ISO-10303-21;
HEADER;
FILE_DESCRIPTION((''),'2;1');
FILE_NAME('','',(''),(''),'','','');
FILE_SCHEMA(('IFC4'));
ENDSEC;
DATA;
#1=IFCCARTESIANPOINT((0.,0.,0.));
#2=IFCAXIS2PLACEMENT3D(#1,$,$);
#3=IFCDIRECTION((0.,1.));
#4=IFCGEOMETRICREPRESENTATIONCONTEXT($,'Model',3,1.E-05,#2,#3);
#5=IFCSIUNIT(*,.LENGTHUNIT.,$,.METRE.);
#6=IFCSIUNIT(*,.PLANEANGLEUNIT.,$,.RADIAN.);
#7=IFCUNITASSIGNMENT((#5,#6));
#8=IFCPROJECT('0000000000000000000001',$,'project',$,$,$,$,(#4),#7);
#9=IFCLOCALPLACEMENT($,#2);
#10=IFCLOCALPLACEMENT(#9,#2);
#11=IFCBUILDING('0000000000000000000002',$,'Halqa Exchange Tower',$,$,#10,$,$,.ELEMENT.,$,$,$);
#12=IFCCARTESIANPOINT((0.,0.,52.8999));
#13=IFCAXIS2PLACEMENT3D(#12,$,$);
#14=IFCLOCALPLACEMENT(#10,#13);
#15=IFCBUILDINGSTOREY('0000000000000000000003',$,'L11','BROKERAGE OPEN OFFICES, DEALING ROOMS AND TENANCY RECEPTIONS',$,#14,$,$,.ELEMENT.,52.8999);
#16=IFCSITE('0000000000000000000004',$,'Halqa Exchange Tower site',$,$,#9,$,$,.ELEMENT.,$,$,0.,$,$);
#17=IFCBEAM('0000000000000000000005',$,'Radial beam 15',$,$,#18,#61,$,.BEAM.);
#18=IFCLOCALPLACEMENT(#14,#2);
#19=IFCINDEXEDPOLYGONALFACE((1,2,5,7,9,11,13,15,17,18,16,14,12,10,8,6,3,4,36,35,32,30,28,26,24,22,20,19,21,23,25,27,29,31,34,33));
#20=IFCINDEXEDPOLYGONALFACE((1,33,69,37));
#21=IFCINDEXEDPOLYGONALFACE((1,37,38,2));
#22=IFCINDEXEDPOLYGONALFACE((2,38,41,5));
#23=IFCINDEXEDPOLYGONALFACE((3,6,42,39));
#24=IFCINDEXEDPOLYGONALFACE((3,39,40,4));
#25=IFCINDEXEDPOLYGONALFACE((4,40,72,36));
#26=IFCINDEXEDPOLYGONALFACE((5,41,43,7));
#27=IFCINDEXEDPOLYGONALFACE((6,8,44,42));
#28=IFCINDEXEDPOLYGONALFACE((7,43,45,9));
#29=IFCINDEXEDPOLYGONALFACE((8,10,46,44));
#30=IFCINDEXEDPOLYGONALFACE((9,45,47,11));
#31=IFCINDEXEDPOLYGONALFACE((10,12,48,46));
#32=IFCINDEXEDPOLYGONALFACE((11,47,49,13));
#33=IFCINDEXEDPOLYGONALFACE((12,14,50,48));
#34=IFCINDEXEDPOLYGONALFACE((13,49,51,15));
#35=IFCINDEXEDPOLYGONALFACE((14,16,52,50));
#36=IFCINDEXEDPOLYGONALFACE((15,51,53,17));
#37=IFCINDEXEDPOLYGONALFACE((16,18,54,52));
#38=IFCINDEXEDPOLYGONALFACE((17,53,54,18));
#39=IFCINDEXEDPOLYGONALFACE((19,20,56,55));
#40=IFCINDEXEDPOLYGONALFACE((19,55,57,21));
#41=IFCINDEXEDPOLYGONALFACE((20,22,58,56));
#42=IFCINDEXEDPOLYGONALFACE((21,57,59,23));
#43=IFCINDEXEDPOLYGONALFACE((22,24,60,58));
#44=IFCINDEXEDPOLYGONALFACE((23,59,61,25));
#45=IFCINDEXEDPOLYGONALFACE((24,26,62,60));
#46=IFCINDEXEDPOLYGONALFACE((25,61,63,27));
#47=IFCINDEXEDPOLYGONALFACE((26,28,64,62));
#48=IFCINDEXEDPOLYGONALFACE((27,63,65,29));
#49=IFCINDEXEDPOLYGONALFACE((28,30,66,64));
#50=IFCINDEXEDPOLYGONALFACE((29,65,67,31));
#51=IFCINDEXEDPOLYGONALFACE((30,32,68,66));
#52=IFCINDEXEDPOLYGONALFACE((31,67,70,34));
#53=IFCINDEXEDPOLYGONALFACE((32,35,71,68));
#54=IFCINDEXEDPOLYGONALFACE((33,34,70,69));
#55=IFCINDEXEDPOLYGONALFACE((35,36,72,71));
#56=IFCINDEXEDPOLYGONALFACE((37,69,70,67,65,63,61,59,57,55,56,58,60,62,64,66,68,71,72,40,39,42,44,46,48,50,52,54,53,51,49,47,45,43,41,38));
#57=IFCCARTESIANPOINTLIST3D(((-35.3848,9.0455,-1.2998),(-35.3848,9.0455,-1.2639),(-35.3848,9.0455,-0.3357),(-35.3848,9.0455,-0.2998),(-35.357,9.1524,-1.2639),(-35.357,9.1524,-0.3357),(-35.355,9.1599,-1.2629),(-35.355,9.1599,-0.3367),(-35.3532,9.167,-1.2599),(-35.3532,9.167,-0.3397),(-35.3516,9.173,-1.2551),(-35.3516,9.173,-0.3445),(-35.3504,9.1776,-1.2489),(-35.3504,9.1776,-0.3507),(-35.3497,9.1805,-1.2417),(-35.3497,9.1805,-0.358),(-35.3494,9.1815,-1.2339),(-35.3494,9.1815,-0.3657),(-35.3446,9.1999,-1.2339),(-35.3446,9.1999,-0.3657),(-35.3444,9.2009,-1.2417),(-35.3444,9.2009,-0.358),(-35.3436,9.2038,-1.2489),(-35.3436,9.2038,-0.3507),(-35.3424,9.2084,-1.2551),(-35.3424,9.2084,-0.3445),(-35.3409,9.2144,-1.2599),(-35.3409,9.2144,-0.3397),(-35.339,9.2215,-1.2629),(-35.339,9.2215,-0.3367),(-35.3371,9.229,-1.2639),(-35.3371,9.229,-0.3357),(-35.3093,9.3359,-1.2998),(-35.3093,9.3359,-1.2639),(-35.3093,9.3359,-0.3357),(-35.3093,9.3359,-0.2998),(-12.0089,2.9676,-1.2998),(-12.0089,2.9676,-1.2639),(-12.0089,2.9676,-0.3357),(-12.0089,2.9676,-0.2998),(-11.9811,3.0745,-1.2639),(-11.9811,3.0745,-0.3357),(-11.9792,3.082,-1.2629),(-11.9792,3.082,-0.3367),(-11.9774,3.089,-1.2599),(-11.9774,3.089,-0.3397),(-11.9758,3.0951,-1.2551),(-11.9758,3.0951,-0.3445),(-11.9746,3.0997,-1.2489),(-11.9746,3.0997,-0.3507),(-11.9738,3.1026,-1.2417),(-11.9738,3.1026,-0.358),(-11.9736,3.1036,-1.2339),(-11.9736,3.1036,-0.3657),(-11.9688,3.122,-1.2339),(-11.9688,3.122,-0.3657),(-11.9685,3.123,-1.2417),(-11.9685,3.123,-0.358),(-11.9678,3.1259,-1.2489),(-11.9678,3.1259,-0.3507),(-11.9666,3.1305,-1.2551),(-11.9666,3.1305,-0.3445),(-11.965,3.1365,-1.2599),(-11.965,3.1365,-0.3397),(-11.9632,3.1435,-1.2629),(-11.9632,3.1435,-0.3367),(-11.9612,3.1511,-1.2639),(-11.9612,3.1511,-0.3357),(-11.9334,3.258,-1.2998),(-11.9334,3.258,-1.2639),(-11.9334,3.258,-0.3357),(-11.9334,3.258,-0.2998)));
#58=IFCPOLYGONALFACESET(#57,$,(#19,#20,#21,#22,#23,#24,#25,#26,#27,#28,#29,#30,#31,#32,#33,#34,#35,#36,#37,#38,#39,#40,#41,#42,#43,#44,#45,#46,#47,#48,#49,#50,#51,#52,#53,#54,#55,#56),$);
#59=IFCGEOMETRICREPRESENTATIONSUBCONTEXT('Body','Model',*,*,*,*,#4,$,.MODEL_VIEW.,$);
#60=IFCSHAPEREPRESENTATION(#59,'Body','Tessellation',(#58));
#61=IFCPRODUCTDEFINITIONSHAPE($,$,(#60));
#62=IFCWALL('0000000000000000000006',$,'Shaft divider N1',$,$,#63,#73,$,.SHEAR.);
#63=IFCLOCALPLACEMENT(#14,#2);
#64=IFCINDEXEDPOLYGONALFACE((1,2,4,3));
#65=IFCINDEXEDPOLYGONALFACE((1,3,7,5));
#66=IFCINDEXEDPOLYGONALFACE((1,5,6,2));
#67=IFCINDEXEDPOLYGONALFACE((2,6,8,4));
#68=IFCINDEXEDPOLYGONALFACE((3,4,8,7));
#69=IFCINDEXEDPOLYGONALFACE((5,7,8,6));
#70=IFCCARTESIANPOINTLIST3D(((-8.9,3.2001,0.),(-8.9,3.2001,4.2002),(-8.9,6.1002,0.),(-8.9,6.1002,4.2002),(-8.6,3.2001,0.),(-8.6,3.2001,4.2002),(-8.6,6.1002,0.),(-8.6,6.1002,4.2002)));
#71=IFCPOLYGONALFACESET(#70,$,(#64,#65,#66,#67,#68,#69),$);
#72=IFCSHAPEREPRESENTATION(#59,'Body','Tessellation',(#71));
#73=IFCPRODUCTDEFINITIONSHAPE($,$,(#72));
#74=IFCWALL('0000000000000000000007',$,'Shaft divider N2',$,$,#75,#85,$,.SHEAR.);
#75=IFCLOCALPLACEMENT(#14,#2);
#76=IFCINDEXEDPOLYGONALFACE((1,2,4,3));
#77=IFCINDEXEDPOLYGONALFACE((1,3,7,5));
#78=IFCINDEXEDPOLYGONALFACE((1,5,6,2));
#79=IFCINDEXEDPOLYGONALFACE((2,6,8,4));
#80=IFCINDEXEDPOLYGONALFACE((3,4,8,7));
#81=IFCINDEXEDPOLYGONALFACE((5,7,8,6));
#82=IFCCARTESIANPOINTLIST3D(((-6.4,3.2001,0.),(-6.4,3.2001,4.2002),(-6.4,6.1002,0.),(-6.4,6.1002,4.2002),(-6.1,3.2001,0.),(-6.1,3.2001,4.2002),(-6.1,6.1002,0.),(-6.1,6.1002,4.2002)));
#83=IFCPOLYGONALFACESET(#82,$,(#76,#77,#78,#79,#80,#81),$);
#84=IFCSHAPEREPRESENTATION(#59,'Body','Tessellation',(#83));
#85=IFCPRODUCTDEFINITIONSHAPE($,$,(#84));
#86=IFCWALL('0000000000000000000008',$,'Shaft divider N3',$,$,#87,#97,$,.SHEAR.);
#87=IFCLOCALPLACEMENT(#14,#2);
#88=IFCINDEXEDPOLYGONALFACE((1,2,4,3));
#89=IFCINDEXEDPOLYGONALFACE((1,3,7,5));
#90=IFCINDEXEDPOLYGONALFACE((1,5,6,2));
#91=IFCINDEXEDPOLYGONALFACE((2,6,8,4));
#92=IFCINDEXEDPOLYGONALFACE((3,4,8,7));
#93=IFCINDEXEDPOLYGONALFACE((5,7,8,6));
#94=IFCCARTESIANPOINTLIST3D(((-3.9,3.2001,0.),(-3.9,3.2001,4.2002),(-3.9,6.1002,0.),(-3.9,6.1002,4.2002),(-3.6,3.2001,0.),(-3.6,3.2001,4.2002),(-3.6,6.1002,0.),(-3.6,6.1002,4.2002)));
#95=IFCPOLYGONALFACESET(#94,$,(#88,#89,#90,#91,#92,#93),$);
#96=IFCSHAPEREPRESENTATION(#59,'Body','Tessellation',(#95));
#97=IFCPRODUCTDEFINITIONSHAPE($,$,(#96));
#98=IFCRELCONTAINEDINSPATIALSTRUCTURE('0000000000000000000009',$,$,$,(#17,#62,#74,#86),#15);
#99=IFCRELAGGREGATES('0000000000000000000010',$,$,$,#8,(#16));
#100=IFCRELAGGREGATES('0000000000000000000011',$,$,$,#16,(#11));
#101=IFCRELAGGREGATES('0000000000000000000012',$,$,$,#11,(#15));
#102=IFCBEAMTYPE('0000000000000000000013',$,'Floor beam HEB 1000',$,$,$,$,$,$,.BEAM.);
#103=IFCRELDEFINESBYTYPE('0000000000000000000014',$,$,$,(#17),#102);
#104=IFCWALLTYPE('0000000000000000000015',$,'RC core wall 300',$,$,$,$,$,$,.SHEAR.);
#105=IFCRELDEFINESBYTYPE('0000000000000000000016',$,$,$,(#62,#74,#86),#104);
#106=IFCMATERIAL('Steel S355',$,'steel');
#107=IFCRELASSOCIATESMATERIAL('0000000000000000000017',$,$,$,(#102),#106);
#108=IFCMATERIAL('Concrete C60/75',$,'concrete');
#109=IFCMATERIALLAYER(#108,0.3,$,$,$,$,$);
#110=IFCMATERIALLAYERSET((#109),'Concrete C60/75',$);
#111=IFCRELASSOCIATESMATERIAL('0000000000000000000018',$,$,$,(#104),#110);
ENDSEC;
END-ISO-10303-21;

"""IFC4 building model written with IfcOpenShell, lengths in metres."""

from ifc_helpers import new_model, si_unit, direction, frame, frame_2d, origin, origin_2d, place, context, subcontext, project, spatial, rectangle, i_section, extrude, material, layer, layer_set, material_profile, profile_set, type_object, element, save


model = new_model("IFC4")

# Units and contexts
model_context = context("Model", 3, precision=1e-05, world=origin(), true_north=direction((0.0, 1.0)))
body_context = subcontext(model_context, "Body", "Model", "MODEL_VIEW")
ifc_project = project(units=[si_unit("LENGTHUNIT", "METRE"), si_unit("PLANEANGLEUNIT", "RADIAN")], contexts=[model_context])

# Site, building, storey
site_placement = place(None, origin())
site = spatial("IfcSite", under=ifc_project, at=site_placement, Name="Halqa Exchange Tower site", CompositionType="ELEMENT", RefElevation=0.0)
building_placement = place(site_placement, origin())
building = spatial("IfcBuilding", under=site, at=building_placement, Name="Halqa Exchange Tower", CompositionType="ELEMENT")
storey_placement = place(building_placement, frame((0.0, 0.0, 52.8999)))
storey = spatial("IfcBuildingStorey", under=building, at=storey_placement, Name="L11", Description="BROKERAGE OPEN OFFICES, DEALING ROOMS AND TENANCY RECEPTIONS", CompositionType="ELEMENT", Elevation=52.8999)

# Beam
ifc_material_1 = material(Name="Steel S355", Category="steel")
ifc_material_profile = material_profile(ifc_material_1, i_section(OverallWidth=0.3, OverallDepth=1.0, WebThickness=0.019, FlangeThickness=0.0359, FilletRadius=0.03, at=origin_2d()), Name="HEB 1000")
ifc_profile_set = profile_set([ifc_material_profile], Name="Steel S355")
beam_type = type_object("IfcBeamType", Name="Floor beam HEB 1000", PredefinedType="BEAM", material=ifc_profile_set)
beam_placement = place(storey_placement, frame((-11.9712, 3.1128, -0.7998), z_axis=(-0.967821, 0.251641, 0.0), x_axis=(-0.251641, -0.967821, 0.0)))
element("IfcBeam", 1, at=beam_placement, inside=storey, type_object=beam_type, Name="Radial beam 15", PredefinedType="BEAM", context=body_context, shape_type="SweptSolid", body=[
    extrude(i_section(OverallWidth=0.3, OverallDepth=1.0, WebThickness=0.019, FlangeThickness=0.0359, FilletRadius=0.03, at=origin_2d()), origin(), (0.0, 0.0, 1.0), 24.1531),
])

# Walls
ifc_material_2 = material(Name="Concrete C60/75", Category="concrete")
ifc_layer_1 = layer(ifc_material_2, 0.3)
ifc_layer_set_1 = layer_set([ifc_layer_1], Name="Concrete C60/75")
wall_type_1 = type_object("IfcWallType", Name="RC core wall 300", PredefinedType="SHEAR", material=ifc_layer_set_1)
for number, where, z_axis, x_axis, name in (
    (2, (-8.75, 3.2, 0.0), (0.0, 0.0, 1.0), (0.0, 1.0, 0.0), "Shaft divider N1"),
    (3, (-6.25, 3.2, 0.0), (0.0, 0.0, 1.0), (0.0, 1.0, 0.0), "Shaft divider N2"),
    (4, (-3.75, 3.2, 0.0), (0.0, 0.0, 1.0), (0.0, 1.0, 0.0), "Shaft divider N3"),
):
    element("IfcWall", number, at=place(storey_placement, frame(where, z_axis=z_axis, x_axis=x_axis)), inside=storey, type_object=wall_type_1, Name=name, PredefinedType="SHEAR", context=body_context, shape_type="SweptSolid", body=[
        extrude(rectangle(XDim=2.9001, YDim=0.3, at=frame_2d((1.4502, 0.0))), origin(), (0.0, 0.0, 1.0), 4.2002),
    ])

save(model, "model.ifc")
